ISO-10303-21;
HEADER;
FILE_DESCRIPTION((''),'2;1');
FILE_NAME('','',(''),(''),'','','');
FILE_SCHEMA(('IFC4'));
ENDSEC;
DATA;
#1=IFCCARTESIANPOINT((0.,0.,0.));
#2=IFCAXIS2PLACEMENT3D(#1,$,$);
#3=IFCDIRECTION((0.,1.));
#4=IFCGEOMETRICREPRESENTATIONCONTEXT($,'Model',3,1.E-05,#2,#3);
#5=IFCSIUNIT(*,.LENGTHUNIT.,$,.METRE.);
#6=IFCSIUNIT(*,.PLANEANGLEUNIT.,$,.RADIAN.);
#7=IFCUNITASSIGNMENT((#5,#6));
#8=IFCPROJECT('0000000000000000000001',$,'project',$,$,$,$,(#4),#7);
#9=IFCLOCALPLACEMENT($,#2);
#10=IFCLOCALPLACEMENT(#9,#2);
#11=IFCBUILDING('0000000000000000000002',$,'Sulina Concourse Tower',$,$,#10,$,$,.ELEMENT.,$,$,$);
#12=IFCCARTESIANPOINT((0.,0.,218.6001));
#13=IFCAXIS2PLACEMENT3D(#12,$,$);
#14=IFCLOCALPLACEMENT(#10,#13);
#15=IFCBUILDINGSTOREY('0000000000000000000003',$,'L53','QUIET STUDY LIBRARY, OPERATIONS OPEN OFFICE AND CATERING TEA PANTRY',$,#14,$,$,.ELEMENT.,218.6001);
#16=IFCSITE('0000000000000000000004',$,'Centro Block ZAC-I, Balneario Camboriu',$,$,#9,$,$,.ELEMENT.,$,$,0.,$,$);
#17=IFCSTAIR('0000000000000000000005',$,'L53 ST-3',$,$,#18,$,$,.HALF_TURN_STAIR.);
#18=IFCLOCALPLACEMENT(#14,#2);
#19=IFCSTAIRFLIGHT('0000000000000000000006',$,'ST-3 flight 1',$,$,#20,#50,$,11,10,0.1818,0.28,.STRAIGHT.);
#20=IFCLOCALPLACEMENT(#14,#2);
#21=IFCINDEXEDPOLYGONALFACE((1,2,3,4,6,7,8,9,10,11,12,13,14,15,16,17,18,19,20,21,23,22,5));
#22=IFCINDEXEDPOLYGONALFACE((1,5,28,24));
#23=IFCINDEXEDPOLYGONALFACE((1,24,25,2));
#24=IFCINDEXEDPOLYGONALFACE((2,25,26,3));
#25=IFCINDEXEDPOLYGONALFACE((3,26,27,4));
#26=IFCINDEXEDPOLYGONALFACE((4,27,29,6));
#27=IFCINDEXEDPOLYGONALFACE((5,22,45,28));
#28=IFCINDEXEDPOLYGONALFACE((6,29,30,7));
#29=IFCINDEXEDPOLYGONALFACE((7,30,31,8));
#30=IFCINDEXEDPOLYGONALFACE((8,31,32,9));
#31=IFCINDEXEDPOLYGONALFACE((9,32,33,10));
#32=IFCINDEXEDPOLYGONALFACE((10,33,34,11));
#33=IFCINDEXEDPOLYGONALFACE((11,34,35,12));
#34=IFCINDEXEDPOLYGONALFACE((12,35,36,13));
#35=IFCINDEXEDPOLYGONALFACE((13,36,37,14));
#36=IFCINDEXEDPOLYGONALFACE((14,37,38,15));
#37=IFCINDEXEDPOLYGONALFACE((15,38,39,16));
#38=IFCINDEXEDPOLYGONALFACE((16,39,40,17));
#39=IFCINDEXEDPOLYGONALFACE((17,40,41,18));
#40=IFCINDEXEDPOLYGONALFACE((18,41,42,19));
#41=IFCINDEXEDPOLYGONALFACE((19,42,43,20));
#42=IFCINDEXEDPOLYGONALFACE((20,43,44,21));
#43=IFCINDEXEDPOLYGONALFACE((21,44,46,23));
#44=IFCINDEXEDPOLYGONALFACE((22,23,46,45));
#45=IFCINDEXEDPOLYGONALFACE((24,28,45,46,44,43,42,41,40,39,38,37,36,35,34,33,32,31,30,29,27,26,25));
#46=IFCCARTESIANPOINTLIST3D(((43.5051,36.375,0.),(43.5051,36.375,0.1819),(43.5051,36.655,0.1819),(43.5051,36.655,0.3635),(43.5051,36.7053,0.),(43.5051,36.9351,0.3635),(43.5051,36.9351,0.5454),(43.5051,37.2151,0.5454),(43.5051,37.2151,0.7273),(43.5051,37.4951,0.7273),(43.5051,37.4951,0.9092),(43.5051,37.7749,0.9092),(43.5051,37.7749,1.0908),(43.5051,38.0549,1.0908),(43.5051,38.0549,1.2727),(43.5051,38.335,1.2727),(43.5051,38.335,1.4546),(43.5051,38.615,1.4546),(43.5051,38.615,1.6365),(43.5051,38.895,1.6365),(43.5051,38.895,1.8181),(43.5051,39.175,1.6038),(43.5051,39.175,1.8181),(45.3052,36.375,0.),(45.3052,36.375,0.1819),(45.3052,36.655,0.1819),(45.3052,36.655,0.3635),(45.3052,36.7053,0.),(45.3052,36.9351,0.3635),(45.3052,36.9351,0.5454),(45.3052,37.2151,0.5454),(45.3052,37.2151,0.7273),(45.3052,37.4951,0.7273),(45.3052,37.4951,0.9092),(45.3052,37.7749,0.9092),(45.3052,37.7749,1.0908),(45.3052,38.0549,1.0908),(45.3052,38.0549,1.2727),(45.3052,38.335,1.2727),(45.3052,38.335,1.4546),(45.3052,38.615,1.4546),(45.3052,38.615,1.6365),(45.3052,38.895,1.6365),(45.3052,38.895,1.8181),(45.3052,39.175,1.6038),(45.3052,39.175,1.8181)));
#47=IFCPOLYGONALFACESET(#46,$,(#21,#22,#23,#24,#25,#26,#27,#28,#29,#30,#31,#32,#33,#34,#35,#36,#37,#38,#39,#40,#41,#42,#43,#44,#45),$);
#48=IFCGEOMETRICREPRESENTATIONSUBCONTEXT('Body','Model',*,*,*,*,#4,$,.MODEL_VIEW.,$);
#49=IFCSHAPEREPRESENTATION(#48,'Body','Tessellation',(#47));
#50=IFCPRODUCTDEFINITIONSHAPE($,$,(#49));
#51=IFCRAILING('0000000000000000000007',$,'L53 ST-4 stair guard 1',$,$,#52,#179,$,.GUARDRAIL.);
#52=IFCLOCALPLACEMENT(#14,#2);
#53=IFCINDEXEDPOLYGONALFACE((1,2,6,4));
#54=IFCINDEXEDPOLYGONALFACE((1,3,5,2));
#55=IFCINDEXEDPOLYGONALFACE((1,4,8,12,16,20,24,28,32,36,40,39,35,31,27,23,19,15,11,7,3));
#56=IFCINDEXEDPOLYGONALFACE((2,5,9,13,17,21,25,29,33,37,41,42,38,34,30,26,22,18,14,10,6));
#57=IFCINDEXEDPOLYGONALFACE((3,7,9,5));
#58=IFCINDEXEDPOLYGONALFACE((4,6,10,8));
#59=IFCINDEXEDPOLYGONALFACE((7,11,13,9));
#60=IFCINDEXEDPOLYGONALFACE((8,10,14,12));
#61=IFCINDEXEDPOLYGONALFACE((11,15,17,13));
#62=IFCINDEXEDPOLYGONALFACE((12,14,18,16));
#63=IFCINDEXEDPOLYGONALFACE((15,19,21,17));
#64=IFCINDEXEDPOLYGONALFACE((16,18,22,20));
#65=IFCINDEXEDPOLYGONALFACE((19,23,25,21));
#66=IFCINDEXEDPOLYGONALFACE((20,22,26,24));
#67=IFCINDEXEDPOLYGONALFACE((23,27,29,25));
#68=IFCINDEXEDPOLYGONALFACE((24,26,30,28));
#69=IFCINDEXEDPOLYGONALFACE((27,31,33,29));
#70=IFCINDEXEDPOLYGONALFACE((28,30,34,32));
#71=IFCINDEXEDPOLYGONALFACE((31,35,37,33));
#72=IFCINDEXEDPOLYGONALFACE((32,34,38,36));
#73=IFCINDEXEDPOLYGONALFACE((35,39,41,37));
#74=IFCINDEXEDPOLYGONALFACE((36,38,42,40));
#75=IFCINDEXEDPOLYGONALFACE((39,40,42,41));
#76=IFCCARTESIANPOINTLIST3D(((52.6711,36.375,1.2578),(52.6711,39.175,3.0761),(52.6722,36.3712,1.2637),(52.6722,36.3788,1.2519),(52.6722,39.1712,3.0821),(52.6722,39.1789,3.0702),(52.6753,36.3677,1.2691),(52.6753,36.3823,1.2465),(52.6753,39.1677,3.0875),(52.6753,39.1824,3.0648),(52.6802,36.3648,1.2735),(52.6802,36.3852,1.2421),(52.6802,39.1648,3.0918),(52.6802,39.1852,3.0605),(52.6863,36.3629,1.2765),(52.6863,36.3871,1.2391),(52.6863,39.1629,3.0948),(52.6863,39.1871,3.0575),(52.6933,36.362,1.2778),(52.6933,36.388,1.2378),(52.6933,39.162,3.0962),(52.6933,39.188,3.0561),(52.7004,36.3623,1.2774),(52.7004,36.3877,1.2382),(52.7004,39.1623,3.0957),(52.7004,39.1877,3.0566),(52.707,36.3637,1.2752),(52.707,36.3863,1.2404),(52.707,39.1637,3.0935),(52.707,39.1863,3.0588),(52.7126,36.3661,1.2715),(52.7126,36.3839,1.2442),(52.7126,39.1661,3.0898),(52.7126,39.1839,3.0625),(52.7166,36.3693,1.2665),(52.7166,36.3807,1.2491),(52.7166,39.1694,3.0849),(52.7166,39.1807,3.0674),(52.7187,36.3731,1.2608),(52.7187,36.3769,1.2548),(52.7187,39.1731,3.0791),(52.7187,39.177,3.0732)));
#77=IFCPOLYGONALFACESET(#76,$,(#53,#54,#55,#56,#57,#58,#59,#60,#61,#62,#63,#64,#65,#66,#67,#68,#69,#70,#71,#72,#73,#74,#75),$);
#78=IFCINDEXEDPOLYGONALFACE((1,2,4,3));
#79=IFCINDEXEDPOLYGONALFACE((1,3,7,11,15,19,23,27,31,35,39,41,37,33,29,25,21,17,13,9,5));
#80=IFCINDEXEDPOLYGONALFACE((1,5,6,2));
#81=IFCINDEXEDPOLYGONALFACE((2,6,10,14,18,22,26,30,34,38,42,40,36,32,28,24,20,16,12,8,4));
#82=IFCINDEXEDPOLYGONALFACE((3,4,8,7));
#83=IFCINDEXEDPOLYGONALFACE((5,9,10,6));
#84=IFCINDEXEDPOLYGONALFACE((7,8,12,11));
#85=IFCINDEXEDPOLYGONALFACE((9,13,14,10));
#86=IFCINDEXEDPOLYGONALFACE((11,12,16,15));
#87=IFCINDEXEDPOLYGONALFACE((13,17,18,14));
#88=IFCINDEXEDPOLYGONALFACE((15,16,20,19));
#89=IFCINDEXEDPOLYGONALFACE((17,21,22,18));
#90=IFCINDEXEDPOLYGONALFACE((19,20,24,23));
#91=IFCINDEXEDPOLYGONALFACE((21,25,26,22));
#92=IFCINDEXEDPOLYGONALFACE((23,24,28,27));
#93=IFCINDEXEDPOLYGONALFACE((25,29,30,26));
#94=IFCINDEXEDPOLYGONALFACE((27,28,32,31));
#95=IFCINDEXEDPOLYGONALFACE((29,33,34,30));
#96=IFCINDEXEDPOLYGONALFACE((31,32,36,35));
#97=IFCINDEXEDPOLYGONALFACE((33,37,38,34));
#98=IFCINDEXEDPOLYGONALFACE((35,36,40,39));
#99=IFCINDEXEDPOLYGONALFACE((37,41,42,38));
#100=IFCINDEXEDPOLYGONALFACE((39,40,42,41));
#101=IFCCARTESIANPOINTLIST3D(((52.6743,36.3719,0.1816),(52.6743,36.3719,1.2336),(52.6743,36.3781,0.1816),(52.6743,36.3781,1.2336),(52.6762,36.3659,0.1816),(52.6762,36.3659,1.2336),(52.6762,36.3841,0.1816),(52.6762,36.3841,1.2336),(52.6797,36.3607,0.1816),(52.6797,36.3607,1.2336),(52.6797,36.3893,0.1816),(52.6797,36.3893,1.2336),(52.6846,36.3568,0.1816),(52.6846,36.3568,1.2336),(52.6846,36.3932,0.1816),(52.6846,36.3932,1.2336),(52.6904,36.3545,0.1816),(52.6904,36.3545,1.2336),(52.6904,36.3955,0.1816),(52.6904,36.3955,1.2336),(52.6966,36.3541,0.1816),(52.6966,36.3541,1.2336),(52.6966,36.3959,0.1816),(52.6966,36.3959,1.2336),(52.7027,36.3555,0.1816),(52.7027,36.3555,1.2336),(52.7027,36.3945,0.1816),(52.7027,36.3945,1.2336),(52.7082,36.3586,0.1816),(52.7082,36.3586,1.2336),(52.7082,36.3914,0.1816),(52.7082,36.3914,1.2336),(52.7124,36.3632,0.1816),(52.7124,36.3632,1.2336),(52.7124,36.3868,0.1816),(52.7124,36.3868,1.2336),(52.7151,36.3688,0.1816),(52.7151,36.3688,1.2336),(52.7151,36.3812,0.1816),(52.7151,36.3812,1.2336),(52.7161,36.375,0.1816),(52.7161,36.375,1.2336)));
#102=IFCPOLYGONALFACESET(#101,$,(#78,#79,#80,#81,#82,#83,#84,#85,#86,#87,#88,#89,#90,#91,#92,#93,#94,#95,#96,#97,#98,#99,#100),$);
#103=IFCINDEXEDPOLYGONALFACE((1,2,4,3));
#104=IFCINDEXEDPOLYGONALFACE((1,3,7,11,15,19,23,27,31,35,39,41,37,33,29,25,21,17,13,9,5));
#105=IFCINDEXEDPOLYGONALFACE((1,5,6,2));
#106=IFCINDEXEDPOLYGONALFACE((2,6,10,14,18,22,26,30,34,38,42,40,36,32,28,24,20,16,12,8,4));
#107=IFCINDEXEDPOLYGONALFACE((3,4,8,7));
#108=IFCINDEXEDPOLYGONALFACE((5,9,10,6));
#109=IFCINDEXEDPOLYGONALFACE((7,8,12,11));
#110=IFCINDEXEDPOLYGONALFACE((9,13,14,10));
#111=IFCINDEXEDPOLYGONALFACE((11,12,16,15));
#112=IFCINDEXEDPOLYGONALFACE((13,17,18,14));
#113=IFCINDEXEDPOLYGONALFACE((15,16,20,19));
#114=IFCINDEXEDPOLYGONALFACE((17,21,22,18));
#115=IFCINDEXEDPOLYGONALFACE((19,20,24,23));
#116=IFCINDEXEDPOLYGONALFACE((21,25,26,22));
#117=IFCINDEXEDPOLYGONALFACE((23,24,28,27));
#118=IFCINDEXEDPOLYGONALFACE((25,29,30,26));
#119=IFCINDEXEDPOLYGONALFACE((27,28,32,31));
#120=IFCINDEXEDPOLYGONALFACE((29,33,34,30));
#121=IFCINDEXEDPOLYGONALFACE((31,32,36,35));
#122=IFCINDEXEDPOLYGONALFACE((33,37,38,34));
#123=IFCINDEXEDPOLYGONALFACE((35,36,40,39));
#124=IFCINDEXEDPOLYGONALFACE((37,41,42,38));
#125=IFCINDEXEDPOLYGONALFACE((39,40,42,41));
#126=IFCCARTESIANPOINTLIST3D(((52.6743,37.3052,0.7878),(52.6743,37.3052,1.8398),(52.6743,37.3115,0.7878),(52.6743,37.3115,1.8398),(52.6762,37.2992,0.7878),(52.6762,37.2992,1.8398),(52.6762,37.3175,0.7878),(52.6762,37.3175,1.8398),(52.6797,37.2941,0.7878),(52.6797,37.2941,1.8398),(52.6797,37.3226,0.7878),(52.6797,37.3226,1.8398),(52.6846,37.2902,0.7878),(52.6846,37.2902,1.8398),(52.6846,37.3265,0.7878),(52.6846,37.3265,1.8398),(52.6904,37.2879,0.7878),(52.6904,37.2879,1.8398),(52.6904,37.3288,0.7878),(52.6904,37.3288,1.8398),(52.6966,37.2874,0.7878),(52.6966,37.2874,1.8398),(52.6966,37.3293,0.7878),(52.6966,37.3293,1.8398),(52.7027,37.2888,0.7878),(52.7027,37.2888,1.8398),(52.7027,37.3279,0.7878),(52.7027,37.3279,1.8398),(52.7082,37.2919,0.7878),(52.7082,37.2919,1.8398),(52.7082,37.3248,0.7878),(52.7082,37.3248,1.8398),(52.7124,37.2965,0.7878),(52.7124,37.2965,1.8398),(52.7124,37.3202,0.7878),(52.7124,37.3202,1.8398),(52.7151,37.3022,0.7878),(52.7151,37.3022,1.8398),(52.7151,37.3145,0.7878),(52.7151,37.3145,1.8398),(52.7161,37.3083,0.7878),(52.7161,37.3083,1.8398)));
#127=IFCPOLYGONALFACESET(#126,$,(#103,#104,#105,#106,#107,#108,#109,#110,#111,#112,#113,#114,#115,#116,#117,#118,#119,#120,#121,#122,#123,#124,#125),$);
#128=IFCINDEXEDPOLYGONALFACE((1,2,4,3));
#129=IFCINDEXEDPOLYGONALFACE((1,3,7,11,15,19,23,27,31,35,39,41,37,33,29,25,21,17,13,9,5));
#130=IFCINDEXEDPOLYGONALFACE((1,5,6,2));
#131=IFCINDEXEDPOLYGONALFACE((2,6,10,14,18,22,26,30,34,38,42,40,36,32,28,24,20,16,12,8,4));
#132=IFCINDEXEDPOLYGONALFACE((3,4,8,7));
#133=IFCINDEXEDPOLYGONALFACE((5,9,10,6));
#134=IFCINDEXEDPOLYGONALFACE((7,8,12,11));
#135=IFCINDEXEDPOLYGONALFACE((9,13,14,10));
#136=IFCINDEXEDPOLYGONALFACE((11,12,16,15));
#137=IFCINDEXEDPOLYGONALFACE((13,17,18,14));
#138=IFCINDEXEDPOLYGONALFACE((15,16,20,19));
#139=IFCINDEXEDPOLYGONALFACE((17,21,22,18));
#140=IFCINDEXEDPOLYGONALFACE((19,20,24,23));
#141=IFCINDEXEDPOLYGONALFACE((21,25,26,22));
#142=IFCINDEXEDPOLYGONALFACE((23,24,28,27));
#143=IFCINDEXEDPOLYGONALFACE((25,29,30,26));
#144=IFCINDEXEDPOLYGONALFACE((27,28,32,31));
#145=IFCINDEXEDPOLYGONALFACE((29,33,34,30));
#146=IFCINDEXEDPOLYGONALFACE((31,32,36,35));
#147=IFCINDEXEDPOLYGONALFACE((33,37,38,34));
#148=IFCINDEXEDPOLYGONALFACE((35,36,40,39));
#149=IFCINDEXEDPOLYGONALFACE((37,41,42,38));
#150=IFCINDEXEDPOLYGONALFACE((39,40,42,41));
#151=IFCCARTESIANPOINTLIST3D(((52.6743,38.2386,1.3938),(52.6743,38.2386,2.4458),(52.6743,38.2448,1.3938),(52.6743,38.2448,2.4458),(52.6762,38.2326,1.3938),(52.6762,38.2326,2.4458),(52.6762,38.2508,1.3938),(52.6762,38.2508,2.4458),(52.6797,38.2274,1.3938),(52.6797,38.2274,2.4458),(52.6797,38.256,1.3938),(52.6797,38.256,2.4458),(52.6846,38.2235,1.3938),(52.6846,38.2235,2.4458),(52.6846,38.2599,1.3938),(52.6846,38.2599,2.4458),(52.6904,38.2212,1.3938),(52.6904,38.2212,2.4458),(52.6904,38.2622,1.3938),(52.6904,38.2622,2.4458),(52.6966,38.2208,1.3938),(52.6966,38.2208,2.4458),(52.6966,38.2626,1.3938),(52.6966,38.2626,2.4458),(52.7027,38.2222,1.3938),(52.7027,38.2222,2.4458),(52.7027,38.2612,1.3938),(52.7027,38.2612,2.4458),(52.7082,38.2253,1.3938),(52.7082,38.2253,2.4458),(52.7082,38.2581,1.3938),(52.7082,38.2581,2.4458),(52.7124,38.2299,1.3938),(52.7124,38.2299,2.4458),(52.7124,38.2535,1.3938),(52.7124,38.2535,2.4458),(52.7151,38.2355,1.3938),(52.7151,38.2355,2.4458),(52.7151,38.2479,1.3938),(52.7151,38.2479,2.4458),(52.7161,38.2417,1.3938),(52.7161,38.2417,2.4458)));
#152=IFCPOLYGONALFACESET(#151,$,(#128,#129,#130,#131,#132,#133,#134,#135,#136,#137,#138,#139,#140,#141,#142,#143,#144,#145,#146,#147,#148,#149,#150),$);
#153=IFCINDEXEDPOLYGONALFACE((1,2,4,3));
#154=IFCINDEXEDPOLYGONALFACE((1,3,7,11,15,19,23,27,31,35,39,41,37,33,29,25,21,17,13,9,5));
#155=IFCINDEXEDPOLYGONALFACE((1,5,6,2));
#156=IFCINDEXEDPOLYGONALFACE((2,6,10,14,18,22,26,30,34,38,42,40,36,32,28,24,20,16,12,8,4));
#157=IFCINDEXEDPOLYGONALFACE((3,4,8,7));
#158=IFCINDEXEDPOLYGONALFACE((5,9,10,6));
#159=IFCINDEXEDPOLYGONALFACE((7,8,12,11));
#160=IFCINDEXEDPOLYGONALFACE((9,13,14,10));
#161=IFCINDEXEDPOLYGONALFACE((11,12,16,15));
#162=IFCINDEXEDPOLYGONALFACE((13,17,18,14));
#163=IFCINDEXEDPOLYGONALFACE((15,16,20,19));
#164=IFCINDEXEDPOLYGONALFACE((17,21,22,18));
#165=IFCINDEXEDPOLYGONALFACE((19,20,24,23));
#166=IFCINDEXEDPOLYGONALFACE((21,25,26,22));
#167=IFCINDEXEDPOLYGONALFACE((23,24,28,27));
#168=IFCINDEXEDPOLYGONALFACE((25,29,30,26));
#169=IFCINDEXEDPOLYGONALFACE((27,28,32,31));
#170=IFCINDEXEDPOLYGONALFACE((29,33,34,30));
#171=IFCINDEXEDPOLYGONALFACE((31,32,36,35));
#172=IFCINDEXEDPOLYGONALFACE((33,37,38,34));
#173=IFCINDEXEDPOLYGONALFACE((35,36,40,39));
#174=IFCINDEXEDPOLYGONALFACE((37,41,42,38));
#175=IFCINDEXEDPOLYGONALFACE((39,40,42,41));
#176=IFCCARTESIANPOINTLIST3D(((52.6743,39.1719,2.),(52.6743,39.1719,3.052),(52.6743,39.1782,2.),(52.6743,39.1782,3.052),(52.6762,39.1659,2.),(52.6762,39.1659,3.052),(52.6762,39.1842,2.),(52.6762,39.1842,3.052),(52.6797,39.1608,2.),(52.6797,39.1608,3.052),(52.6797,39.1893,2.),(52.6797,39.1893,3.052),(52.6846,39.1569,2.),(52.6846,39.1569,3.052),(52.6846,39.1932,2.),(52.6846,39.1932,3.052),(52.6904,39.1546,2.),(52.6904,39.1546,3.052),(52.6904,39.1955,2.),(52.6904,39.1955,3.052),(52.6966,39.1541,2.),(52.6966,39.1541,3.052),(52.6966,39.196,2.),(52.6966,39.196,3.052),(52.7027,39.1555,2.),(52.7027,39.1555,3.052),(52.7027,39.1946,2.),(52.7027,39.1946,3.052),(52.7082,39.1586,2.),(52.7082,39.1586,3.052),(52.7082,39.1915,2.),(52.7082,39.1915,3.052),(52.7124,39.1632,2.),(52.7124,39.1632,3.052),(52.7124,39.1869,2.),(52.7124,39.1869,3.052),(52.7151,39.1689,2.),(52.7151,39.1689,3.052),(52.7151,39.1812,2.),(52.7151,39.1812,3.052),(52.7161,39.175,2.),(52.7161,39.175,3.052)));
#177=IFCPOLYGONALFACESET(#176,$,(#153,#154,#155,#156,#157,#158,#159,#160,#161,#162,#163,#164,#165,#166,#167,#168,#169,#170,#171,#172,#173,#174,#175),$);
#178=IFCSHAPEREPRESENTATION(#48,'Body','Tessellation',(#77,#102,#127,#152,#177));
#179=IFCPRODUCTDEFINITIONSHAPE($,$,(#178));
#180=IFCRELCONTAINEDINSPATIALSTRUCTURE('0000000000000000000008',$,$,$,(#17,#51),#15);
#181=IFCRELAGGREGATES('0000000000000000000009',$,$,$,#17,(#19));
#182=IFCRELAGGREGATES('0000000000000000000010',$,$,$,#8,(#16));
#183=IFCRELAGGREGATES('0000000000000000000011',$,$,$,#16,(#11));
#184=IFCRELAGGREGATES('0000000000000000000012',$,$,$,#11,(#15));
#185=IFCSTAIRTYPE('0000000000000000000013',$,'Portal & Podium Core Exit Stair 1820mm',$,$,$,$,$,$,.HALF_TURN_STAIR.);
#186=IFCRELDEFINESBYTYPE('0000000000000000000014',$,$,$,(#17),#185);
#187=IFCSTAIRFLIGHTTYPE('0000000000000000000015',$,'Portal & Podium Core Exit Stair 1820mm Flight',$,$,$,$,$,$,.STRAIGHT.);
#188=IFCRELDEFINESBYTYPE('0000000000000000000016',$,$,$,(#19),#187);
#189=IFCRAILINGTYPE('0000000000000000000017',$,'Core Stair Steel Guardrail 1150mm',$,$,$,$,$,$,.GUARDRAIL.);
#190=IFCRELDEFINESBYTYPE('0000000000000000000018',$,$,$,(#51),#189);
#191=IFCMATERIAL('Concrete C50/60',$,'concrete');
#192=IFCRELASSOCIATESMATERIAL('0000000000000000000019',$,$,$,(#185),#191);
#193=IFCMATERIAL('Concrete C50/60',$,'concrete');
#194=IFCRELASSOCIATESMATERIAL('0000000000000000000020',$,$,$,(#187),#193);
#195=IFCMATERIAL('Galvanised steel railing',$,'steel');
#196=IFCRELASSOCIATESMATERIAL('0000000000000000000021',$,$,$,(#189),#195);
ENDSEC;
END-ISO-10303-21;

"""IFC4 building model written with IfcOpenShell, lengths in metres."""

from ifc_helpers import new_model, si_unit, direction, frame, origin, origin_2d, place, context, subcontext, project, spatial, polyline, circle, outline, extrude, material, type_object, element, aggregate, save


model = new_model("IFC4")

# Units and contexts
model_context = context("Model", 3, precision=1e-05, world=origin(), true_north=direction((0.0, 1.0)))
body_context = subcontext(model_context, "Body", "Model", "MODEL_VIEW")
ifc_project = project(units=[si_unit("LENGTHUNIT", "METRE"), si_unit("PLANEANGLEUNIT", "RADIAN")], contexts=[model_context])

# Site, building, storey
site_placement = place(None, origin())
site = spatial("IfcSite", under=ifc_project, at=site_placement, Name="Centro Block ZAC-I, Balneario Camboriu", CompositionType="ELEMENT", RefElevation=0.0)
building_placement = place(site_placement, origin())
building = spatial("IfcBuilding", under=site, at=building_placement, Name="Sulina Concourse Tower", CompositionType="ELEMENT")
storey_placement = place(building_placement, frame((0.0, 0.0, 218.6001)))
storey = spatial("IfcBuildingStorey", under=building, at=storey_placement, Name="L53", Description="QUIET STUDY LIBRARY, OPERATIONS OPEN OFFICE AND CATERING TEA PANTRY", CompositionType="ELEMENT", Elevation=218.6001)

# Stair, stair flight
ifc_material_1 = material(Name="Concrete C50/60", Category="concrete")
stair_type = type_object("IfcStairType", Name="Portal & Podium Core Exit Stair 1820mm", PredefinedType="HALF_TURN_STAIR", material=ifc_material_1)
stair_placement = place(storey_placement, origin())
stair = element("IfcStair", 1, at=stair_placement, inside=storey, type_object=stair_type, Name="L53 ST-3", PredefinedType="HALF_TURN_STAIR")
ifc_material_2 = material(Name="Concrete C50/60", Category="concrete")
stair_flight_type = type_object("IfcStairFlightType", Name="Portal & Podium Core Exit Stair 1820mm Flight", PredefinedType="STRAIGHT", material=ifc_material_2)
stair_flight_placement = place(storey_placement, frame((44.405, 36.375, 0.0), z_axis=(0.0, 0.0, 1.0), x_axis=(0.0, 1.0, 0.0)))
stair_flight = element("IfcStairFlight", 2, at=stair_flight_placement, type_object=stair_flight_type, Name="ST-3 flight 1", NumberOfRisers=11, NumberOfTreads=10, PredefinedType="STRAIGHT", RiserHeight=0.1818, TreadLength=0.28, context=body_context, shape_type="SweptSolid", body=[
    extrude(outline(polyline([(0.0, 0.0), (0.0, 0.1819), (0.28, 0.1819), (0.28, 0.3635), (0.5601, 0.3635), (0.5601, 0.5454), (0.8401, 0.5454), (0.8401, 0.7273), (1.1201, 0.7273), (1.1201, 0.9092), (1.3999, 0.9092), (1.3999, 1.0908), (1.6799, 1.0908), (1.6799, 1.2727), (1.96, 1.2727), (1.96, 1.4546), (2.24, 1.4546), (2.24, 1.6365), (2.52, 1.6365), (2.52, 1.8181), (2.8, 1.8181), (2.8, 2.0), (2.8, 1.6038), (0.3303, 0.0), (0.0, 0.0)])), frame((0.0, 0.8999, 0.0), z_axis=(0.0, -1.0, 0.0), x_axis=(1.0, 0.0, 0.0)), (0.0, 0.0, 1.0), 1.8),
])
aggregate(stair, [stair_flight])

# Railing
ifc_material_3 = material(Name="Galvanised steel railing", Category="steel")
railing_type_1 = type_object("IfcRailingType", Name="Core Stair Steel Guardrail 1150mm", PredefinedType="GUARDRAIL", material=ifc_material_3)
railing_1_placement = place(storey_placement, frame((52.6951, 36.375, 0.1816)))
element("IfcRailing", 3, at=railing_1_placement, inside=storey, type_object=railing_type_1, Name="L53 ST-4 stair guard 1", PredefinedType="GUARDRAIL", context=body_context, shape_type="SweptSolid", body=[
    extrude(circle(Radius=0.0239, at=origin_2d()), frame((0.0, 0.0, 1.0762), z_axis=(0.0, 0.838672, 0.544636), x_axis=(-1.0, 0.0, 0.0)), (0.0, 0.0, 1.0), 3.3386),
    extrude(circle(Radius=0.021, at=origin_2d()), origin(), (0.0, 0.0, 1.0), 1.052),
    extrude(circle(Radius=0.021, at=origin_2d()), frame((0.0, 0.9333, 0.6062)), (0.0, 0.0, 1.0), 1.052),
    extrude(circle(Radius=0.021, at=origin_2d()), frame((0.0, 1.8667, 1.2122)), (0.0, 0.0, 1.0), 1.052),
    extrude(circle(Radius=0.021, at=origin_2d()), frame((0.0, 2.8, 1.8184)), (0.0, 0.0, 1.0), 1.052),
])

save(model, "model.ifc")
